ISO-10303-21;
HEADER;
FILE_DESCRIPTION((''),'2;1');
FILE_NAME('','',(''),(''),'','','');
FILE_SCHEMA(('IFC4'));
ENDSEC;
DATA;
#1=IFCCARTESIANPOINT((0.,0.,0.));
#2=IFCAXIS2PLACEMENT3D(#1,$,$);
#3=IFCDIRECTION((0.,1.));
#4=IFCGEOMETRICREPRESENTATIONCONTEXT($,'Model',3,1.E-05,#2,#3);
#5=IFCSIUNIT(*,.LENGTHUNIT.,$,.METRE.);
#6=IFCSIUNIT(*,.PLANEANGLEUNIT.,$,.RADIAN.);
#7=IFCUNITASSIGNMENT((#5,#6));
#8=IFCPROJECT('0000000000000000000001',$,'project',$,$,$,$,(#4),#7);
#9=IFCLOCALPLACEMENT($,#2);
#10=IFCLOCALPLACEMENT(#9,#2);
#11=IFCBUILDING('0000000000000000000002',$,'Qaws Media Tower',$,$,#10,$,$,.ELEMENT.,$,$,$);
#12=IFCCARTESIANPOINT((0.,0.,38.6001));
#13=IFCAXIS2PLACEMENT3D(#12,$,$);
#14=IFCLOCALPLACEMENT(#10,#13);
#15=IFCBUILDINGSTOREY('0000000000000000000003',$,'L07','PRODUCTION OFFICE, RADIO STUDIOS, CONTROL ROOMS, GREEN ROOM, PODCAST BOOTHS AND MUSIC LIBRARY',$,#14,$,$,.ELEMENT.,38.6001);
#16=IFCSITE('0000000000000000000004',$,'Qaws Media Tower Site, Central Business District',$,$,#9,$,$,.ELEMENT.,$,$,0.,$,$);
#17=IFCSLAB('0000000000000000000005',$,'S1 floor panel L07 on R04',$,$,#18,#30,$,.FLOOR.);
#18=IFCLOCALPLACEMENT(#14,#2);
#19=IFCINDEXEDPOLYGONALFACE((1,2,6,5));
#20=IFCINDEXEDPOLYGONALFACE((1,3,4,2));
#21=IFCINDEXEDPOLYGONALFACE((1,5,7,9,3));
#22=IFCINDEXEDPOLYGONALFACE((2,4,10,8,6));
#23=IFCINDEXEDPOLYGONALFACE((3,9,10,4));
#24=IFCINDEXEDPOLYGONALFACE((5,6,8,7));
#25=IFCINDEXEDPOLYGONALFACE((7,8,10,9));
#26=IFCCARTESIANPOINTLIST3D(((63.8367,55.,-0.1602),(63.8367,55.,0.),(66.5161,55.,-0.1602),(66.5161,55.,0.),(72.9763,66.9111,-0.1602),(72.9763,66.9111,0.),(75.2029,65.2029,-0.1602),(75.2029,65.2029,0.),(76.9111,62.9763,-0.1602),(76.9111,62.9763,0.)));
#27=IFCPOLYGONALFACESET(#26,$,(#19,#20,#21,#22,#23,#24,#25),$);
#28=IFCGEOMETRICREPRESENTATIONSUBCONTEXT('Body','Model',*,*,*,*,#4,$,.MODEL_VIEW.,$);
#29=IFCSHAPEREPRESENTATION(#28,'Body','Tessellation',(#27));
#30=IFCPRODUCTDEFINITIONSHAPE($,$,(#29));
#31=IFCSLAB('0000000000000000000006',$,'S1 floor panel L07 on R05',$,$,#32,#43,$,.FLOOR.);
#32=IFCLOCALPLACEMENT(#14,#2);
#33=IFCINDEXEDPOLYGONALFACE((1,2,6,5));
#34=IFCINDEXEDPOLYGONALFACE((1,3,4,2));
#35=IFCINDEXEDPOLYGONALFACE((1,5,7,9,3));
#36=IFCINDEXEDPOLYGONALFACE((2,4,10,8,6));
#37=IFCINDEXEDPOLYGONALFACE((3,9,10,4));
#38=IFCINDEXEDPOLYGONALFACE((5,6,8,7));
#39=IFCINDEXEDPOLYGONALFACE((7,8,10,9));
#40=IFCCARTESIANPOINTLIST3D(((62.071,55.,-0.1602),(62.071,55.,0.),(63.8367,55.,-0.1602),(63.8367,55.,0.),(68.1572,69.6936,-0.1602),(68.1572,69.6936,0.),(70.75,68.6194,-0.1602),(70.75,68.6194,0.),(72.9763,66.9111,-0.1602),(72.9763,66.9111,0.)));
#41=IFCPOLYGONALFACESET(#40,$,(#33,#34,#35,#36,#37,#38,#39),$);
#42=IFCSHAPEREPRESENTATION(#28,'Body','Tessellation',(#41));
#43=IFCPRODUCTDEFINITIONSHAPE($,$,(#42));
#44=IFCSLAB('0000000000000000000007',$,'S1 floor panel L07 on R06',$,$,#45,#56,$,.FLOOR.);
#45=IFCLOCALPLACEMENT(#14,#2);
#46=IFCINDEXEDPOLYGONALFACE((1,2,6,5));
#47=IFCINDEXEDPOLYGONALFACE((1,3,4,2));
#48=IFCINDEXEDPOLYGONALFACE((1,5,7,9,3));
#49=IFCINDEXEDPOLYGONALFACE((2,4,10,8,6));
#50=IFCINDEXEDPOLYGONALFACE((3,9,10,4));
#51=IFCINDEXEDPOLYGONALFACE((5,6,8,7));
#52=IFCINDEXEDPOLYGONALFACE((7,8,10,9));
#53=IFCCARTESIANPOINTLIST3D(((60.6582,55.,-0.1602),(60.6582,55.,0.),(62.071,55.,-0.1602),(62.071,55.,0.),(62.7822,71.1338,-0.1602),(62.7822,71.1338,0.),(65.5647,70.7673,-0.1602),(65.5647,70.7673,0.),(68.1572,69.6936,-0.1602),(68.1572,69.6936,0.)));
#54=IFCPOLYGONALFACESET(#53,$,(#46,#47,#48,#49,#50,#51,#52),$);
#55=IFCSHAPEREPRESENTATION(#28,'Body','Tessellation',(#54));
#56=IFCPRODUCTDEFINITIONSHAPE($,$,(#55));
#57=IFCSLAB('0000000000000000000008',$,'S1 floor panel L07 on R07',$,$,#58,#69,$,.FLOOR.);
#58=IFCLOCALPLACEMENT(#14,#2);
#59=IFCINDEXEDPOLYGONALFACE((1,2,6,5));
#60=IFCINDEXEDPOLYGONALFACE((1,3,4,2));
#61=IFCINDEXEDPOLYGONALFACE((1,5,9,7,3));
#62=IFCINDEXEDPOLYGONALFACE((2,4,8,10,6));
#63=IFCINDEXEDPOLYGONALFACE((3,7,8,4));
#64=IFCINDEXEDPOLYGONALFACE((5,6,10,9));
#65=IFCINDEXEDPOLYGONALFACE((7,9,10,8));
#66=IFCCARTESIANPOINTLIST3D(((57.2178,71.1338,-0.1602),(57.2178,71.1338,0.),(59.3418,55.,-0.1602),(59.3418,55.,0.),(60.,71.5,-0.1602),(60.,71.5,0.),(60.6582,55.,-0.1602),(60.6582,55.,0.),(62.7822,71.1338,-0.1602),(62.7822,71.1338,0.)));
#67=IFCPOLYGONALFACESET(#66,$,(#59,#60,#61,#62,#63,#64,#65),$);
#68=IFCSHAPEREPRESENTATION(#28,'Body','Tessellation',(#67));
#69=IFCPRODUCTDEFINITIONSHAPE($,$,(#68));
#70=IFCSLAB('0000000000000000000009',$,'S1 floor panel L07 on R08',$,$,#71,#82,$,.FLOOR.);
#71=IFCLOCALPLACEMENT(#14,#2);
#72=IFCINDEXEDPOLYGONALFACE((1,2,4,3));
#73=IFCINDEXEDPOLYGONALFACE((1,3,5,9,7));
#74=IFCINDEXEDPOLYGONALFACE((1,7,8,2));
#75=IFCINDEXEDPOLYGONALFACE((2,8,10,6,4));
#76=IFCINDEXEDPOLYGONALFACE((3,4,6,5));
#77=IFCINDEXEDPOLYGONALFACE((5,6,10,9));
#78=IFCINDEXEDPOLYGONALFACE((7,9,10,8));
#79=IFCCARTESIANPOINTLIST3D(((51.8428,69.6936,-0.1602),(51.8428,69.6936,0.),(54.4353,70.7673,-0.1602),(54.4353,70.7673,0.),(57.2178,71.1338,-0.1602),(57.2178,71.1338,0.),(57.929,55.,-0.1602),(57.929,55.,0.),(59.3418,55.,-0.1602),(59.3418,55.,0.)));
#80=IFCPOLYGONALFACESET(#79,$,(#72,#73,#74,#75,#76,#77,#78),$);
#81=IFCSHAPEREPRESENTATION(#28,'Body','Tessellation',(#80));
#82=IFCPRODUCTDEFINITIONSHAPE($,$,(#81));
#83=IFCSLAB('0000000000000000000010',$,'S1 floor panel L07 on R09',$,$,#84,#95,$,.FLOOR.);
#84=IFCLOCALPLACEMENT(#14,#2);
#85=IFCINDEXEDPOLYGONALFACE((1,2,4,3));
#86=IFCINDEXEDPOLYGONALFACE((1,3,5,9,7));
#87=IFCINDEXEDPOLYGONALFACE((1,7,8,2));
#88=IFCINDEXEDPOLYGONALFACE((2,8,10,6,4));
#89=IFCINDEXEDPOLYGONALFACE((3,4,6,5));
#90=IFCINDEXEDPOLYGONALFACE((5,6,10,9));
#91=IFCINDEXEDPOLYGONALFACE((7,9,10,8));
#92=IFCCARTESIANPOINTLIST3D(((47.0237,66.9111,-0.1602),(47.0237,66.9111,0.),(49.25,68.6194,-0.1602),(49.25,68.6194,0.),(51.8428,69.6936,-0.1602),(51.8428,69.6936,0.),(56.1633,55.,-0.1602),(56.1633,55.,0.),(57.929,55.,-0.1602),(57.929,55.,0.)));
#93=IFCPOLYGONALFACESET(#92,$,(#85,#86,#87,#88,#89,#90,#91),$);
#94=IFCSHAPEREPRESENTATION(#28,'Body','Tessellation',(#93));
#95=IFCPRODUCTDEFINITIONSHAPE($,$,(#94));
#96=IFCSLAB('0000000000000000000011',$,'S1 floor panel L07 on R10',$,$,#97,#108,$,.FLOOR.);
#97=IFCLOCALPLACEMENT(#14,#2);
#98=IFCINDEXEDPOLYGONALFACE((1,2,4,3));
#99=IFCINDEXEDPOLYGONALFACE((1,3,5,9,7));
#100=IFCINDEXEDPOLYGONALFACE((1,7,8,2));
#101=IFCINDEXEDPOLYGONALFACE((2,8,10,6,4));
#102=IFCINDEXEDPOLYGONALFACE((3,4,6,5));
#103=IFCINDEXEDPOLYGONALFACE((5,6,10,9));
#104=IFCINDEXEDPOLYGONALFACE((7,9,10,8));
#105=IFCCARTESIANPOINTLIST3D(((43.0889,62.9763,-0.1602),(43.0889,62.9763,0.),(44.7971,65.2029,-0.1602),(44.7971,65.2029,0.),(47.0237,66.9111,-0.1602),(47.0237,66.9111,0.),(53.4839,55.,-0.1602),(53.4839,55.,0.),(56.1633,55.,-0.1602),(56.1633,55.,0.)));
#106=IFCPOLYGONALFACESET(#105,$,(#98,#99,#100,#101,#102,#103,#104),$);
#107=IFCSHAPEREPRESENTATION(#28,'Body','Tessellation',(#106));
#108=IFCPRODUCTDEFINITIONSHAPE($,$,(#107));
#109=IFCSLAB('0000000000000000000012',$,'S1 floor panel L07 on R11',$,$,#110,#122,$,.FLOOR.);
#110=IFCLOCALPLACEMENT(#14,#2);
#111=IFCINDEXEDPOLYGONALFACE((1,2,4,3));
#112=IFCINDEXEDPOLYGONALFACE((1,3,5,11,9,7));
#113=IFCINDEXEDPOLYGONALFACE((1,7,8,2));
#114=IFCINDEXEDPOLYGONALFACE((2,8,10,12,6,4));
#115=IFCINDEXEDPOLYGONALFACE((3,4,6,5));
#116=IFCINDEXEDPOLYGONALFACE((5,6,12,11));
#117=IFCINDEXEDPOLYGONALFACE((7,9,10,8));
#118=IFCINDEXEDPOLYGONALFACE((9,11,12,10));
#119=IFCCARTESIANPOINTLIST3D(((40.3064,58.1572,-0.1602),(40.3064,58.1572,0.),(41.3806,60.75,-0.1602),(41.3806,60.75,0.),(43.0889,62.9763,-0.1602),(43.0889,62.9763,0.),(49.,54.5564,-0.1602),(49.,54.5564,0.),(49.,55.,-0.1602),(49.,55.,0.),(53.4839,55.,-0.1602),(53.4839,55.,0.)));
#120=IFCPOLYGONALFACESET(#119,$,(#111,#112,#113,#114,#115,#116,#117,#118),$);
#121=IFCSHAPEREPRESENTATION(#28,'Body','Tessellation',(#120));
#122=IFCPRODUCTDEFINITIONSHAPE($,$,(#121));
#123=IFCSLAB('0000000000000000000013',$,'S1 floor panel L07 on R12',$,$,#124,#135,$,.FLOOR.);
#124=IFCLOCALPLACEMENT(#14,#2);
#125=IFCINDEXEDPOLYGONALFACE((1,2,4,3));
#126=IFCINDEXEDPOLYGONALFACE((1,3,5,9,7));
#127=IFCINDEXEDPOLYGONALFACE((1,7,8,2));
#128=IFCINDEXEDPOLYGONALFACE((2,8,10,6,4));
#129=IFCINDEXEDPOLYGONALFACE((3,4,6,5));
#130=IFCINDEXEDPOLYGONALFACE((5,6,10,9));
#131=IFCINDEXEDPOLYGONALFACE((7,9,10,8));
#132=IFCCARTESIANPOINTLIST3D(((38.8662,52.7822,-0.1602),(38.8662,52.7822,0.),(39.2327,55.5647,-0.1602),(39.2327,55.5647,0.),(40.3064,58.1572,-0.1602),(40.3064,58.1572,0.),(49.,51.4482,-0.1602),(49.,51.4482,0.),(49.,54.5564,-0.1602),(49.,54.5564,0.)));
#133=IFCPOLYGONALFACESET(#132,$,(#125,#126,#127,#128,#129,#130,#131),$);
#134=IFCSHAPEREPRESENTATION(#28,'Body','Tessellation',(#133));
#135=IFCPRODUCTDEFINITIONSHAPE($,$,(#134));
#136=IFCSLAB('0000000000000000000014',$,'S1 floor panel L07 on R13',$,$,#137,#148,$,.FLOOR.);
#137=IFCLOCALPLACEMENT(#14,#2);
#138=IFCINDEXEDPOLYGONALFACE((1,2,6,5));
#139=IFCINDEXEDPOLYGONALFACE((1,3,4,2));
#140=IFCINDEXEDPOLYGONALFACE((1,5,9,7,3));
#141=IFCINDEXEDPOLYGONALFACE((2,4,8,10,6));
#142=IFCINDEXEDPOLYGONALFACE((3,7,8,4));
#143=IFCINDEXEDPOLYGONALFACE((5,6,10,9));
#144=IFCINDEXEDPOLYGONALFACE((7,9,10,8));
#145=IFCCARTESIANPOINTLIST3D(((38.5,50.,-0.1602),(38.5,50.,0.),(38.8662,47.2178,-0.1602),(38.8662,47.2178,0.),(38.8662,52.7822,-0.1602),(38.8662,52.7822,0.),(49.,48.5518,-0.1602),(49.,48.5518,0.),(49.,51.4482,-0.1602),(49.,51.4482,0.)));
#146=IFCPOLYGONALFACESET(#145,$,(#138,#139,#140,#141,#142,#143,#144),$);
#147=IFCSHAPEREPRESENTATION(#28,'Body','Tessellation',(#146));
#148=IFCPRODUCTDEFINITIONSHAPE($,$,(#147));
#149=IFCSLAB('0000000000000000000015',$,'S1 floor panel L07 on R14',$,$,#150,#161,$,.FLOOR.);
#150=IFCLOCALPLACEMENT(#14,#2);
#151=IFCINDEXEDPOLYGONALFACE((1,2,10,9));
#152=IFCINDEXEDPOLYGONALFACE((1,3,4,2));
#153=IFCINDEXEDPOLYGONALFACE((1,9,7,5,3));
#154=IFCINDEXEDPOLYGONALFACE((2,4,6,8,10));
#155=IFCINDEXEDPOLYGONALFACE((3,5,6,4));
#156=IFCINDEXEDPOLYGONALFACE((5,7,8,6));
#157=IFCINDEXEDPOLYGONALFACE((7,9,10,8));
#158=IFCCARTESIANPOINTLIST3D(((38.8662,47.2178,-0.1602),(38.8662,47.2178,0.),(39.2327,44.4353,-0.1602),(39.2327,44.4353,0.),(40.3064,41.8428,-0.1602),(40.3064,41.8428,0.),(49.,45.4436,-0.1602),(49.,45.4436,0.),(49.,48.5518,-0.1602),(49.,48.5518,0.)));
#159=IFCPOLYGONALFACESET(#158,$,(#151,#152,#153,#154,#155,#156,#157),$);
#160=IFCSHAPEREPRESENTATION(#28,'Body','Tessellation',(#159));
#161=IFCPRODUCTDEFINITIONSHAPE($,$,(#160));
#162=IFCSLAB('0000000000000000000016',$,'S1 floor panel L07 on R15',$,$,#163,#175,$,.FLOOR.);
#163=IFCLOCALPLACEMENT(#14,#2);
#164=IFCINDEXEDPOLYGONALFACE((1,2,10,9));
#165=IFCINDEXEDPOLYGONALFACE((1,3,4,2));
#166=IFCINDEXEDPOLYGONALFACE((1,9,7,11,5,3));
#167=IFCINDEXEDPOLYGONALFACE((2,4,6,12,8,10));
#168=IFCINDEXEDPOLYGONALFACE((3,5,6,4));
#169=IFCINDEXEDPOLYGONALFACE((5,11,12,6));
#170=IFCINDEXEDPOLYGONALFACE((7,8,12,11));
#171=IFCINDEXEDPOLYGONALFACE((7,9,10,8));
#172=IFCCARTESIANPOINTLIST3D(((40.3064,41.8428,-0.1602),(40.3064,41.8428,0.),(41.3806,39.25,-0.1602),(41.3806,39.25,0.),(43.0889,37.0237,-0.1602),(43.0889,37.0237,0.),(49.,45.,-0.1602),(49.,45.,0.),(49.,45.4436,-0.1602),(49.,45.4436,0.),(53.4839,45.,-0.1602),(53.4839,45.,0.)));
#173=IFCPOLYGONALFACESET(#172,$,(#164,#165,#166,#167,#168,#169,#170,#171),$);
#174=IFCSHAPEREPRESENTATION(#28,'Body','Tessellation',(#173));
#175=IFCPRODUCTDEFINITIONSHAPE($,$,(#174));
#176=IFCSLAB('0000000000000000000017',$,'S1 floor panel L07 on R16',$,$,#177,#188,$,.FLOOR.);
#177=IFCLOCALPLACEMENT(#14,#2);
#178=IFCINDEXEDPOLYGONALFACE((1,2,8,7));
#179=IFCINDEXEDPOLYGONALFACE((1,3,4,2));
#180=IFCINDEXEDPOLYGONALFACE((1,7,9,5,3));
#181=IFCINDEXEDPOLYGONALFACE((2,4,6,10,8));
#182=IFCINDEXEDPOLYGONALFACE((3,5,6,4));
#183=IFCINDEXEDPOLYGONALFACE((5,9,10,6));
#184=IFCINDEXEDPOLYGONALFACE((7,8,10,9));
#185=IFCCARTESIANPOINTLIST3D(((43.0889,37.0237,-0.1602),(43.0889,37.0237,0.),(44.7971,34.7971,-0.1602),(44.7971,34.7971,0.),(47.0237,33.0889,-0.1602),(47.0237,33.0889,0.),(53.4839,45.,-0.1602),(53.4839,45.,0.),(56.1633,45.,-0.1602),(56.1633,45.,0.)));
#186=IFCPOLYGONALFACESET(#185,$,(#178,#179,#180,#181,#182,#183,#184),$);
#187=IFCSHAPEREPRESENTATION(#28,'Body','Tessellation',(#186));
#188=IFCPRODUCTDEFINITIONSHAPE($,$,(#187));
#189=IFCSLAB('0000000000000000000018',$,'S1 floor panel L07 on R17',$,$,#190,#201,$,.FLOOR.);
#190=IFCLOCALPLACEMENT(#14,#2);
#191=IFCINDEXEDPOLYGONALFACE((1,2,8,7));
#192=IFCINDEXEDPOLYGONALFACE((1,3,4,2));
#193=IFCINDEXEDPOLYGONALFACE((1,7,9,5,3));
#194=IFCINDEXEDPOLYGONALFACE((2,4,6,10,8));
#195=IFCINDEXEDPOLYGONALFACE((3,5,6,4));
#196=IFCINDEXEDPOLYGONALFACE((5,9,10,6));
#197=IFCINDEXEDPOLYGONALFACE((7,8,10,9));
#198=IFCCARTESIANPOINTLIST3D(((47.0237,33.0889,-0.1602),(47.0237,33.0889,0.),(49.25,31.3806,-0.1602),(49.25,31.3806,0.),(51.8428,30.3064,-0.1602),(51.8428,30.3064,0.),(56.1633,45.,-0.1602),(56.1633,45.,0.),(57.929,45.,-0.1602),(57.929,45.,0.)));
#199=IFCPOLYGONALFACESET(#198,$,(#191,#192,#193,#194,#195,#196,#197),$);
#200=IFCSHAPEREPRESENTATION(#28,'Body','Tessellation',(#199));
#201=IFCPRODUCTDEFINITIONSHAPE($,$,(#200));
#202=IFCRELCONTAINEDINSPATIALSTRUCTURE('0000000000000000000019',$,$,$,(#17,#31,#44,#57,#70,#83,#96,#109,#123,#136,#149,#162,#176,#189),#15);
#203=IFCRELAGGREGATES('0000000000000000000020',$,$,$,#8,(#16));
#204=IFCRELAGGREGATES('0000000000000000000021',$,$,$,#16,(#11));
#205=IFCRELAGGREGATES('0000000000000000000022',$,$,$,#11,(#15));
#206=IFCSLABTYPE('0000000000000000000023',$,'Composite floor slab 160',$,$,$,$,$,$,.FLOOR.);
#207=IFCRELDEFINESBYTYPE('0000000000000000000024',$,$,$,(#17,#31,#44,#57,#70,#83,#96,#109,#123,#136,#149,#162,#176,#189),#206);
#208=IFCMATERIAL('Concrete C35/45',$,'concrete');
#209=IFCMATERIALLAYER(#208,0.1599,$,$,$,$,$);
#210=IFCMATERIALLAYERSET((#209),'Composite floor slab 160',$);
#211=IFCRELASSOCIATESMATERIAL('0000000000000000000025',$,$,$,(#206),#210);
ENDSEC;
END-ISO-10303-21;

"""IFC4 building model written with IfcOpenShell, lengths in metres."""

from ifc_helpers import new_model, si_unit, direction, frame, origin, place, context, subcontext, project, spatial, polyline, outline, extrude, material, layer, layer_set, type_object, element, save


model = new_model("IFC4")

# Units and contexts
model_context = context("Model", 3, precision=1e-05, world=origin(), true_north=direction((0.0, 1.0)))
body_context = subcontext(model_context, "Body", "Model", "MODEL_VIEW")
ifc_project = project(units=[si_unit("LENGTHUNIT", "METRE"), si_unit("PLANEANGLEUNIT", "RADIAN")], contexts=[model_context])

# Site, building, storey
site_placement = place(None, origin())
site = spatial("IfcSite", under=ifc_project, at=site_placement, Name="Qaws Media Tower Site, Central Business District", CompositionType="ELEMENT", RefElevation=0.0)
building_placement = place(site_placement, origin())
building = spatial("IfcBuilding", under=site, at=building_placement, Name="Qaws Media Tower", CompositionType="ELEMENT")
storey_placement = place(building_placement, frame((0.0, 0.0, 38.6001)))
storey = spatial("IfcBuildingStorey", under=building, at=storey_placement, Name="L07", Description="PRODUCTION OFFICE, RADIO STUDIOS, CONTROL ROOMS, GREEN ROOM, PODCAST BOOTHS AND MUSIC LIBRARY", CompositionType="ELEMENT", Elevation=38.6001)

# Slabs
ifc_material_1 = material(Name="Concrete C35/45", Category="concrete")
ifc_layer_1 = layer(ifc_material_1, 0.1599)
ifc_layer_set_1 = layer_set([ifc_layer_1], Name="Composite floor slab 160")
slab_type_1 = type_object("IfcSlabType", Name="Composite floor slab 160", PredefinedType="FLOOR", material=ifc_layer_set_1)
slab_1_placement = place(storey_placement, frame((0.0, 0.0, -0.1602)))
element("IfcSlab", 1, at=slab_1_placement, inside=storey, type_object=slab_type_1, Name="S1 floor panel L07 on R04", PredefinedType="FLOOR", context=body_context, shape_type="SweptSolid", body=[
    extrude(outline(polyline([(75.2029, 65.2029), (76.9111, 62.9763), (66.5161, 55.0), (63.8367, 55.0), (72.9763, 66.9111), (75.2029, 65.2029)])), origin(), (0.0, 0.0, 1.0), 0.1602),
])
slab_2_placement = place(storey_placement, frame((0.0, 0.0, -0.1602)))
element("IfcSlab", 2, at=slab_2_placement, inside=storey, type_object=slab_type_1, Name="S1 floor panel L07 on R05", PredefinedType="FLOOR", context=body_context, shape_type="SweptSolid", body=[
    extrude(outline(polyline([(70.75, 68.6194), (72.9763, 66.9111), (63.8367, 55.0), (62.071, 55.0), (68.1572, 69.6936), (70.75, 68.6194)])), origin(), (0.0, 0.0, 1.0), 0.1602),
])
slab_3_placement = place(storey_placement, frame((0.0, 0.0, -0.1602)))
element("IfcSlab", 3, at=slab_3_placement, inside=storey, type_object=slab_type_1, Name="S1 floor panel L07 on R06", PredefinedType="FLOOR", context=body_context, shape_type="SweptSolid", body=[
    extrude(outline(polyline([(65.5647, 70.7673), (68.1572, 69.6936), (62.071, 55.0), (60.6582, 55.0), (62.7822, 71.1338), (65.5647, 70.7673)])), origin(), (0.0, 0.0, 1.0), 0.1602),
])
slab_4_placement = place(storey_placement, frame((0.0, 0.0, -0.1602)))
element("IfcSlab", 4, at=slab_4_placement, inside=storey, type_object=slab_type_1, Name="S1 floor panel L07 on R07", PredefinedType="FLOOR", context=body_context, shape_type="SweptSolid", body=[
    extrude(outline(polyline([(60.0, 71.5), (62.7822, 71.1338), (60.6582, 55.0), (59.3418, 55.0), (57.2178, 71.1338), (60.0, 71.5)])), origin(), (0.0, 0.0, 1.0), 0.1602),
])
slab_5_placement = place(storey_placement, frame((0.0, 0.0, -0.1602)))
element("IfcSlab", 5, at=slab_5_placement, inside=storey, type_object=slab_type_1, Name="S1 floor panel L07 on R08", PredefinedType="FLOOR", context=body_context, shape_type="SweptSolid", body=[
    extrude(outline(polyline([(54.4353, 70.7673), (57.2178, 71.1338), (59.3418, 55.0), (57.929, 55.0), (51.8428, 69.6936), (54.4353, 70.7673)])), origin(), (0.0, 0.0, 1.0), 0.1602),
])
slab_6_placement = place(storey_placement, frame((0.0, 0.0, -0.1602)))
element("IfcSlab", 6, at=slab_6_placement, inside=storey, type_object=slab_type_1, Name="S1 floor panel L07 on R09", PredefinedType="FLOOR", context=body_context, shape_type="SweptSolid", body=[
    extrude(outline(polyline([(49.25, 68.6194), (51.8428, 69.6936), (57.929, 55.0), (56.1633, 55.0), (47.0237, 66.9111), (49.25, 68.6194)])), origin(), (0.0, 0.0, 1.0), 0.1602),
])
slab_7_placement = place(storey_placement, frame((0.0, 0.0, -0.1602)))
element("IfcSlab", 7, at=slab_7_placement, inside=storey, type_object=slab_type_1, Name="S1 floor panel L07 on R10", PredefinedType="FLOOR", context=body_context, shape_type="SweptSolid", body=[
    extrude(outline(polyline([(44.7971, 65.2029), (47.0237, 66.9111), (56.1633, 55.0), (53.4839, 55.0), (43.0889, 62.9763), (44.7971, 65.2029)])), origin(), (0.0, 0.0, 1.0), 0.1602),
])
slab_8_placement = place(storey_placement, frame((0.0, 0.0, -0.1602)))
element("IfcSlab", 8, at=slab_8_placement, inside=storey, type_object=slab_type_1, Name="S1 floor panel L07 on R11", PredefinedType="FLOOR", context=body_context, shape_type="SweptSolid", body=[
    extrude(outline(polyline([(41.3806, 60.75), (43.0889, 62.9763), (53.4839, 55.0), (49.0, 55.0), (49.0, 54.5564), (40.3064, 58.1572), (41.3806, 60.75)])), origin(), (0.0, 0.0, 1.0), 0.1602),
])
slab_9_placement = place(storey_placement, frame((0.0, 0.0, -0.1602)))
element("IfcSlab", 9, at=slab_9_placement, inside=storey, type_object=slab_type_1, Name="S1 floor panel L07 on R12", PredefinedType="FLOOR", context=body_context, shape_type="SweptSolid", body=[
    extrude(outline(polyline([(39.2327, 55.5647), (40.3064, 58.1572), (49.0, 54.5564), (49.0, 51.4482), (38.8662, 52.7822), (39.2327, 55.5647)])), origin(), (0.0, 0.0, 1.0), 0.1602),
])
slab_10_placement = place(storey_placement, frame((0.0, 0.0, -0.1602)))
element("IfcSlab", 10, at=slab_10_placement, inside=storey, type_object=slab_type_1, Name="S1 floor panel L07 on R13", PredefinedType="FLOOR", context=body_context, shape_type="SweptSolid", body=[
    extrude(outline(polyline([(38.5, 50.0), (38.8662, 52.7822), (49.0, 51.4482), (49.0, 48.5518), (38.8662, 47.2178), (38.5, 50.0)])), origin(), (0.0, 0.0, 1.0), 0.1602),
])
slab_11_placement = place(storey_placement, frame((0.0, 0.0, -0.1602)))
element("IfcSlab", 11, at=slab_11_placement, inside=storey, type_object=slab_type_1, Name="S1 floor panel L07 on R14", PredefinedType="FLOOR", context=body_context, shape_type="SweptSolid", body=[
    extrude(outline(polyline([(39.2327, 44.4353), (38.8662, 47.2178), (49.0, 48.5518), (49.0, 45.4436), (40.3064, 41.8428), (39.2327, 44.4353)])), origin(), (0.0, 0.0, 1.0), 0.1602),
])
slab_12_placement = place(storey_placement, frame((0.0, 0.0, -0.1602)))
element("IfcSlab", 12, at=slab_12_placement, inside=storey, type_object=slab_type_1, Name="S1 floor panel L07 on R15", PredefinedType="FLOOR", context=body_context, shape_type="SweptSolid", body=[
    extrude(outline(polyline([(41.3806, 39.25), (40.3064, 41.8428), (49.0, 45.4436), (49.0, 45.0), (53.4839, 45.0), (43.0889, 37.0237), (41.3806, 39.25)])), origin(), (0.0, 0.0, 1.0), 0.1602),
])
slab_13_placement = place(storey_placement, frame((0.0, 0.0, -0.1602)))
element("IfcSlab", 13, at=slab_13_placement, inside=storey, type_object=slab_type_1, Name="S1 floor panel L07 on R16", PredefinedType="FLOOR", context=body_context, shape_type="SweptSolid", body=[
    extrude(outline(polyline([(44.7971, 34.7971), (43.0889, 37.0237), (53.4839, 45.0), (56.1633, 45.0), (47.0237, 33.0889), (44.7971, 34.7971)])), origin(), (0.0, 0.0, 1.0), 0.1602),
])
slab_14_placement = place(storey_placement, frame((0.0, 0.0, -0.1602)))
element("IfcSlab", 14, at=slab_14_placement, inside=storey, type_object=slab_type_1, Name="S1 floor panel L07 on R17", PredefinedType="FLOOR", context=body_context, shape_type="SweptSolid", body=[
    extrude(outline(polyline([(49.25, 31.3806), (47.0237, 33.0889), (56.1633, 45.0), (57.929, 45.0), (51.8428, 30.3064), (49.25, 31.3806)])), origin(), (0.0, 0.0, 1.0), 0.1602),
])

save(model, "model.ifc")
